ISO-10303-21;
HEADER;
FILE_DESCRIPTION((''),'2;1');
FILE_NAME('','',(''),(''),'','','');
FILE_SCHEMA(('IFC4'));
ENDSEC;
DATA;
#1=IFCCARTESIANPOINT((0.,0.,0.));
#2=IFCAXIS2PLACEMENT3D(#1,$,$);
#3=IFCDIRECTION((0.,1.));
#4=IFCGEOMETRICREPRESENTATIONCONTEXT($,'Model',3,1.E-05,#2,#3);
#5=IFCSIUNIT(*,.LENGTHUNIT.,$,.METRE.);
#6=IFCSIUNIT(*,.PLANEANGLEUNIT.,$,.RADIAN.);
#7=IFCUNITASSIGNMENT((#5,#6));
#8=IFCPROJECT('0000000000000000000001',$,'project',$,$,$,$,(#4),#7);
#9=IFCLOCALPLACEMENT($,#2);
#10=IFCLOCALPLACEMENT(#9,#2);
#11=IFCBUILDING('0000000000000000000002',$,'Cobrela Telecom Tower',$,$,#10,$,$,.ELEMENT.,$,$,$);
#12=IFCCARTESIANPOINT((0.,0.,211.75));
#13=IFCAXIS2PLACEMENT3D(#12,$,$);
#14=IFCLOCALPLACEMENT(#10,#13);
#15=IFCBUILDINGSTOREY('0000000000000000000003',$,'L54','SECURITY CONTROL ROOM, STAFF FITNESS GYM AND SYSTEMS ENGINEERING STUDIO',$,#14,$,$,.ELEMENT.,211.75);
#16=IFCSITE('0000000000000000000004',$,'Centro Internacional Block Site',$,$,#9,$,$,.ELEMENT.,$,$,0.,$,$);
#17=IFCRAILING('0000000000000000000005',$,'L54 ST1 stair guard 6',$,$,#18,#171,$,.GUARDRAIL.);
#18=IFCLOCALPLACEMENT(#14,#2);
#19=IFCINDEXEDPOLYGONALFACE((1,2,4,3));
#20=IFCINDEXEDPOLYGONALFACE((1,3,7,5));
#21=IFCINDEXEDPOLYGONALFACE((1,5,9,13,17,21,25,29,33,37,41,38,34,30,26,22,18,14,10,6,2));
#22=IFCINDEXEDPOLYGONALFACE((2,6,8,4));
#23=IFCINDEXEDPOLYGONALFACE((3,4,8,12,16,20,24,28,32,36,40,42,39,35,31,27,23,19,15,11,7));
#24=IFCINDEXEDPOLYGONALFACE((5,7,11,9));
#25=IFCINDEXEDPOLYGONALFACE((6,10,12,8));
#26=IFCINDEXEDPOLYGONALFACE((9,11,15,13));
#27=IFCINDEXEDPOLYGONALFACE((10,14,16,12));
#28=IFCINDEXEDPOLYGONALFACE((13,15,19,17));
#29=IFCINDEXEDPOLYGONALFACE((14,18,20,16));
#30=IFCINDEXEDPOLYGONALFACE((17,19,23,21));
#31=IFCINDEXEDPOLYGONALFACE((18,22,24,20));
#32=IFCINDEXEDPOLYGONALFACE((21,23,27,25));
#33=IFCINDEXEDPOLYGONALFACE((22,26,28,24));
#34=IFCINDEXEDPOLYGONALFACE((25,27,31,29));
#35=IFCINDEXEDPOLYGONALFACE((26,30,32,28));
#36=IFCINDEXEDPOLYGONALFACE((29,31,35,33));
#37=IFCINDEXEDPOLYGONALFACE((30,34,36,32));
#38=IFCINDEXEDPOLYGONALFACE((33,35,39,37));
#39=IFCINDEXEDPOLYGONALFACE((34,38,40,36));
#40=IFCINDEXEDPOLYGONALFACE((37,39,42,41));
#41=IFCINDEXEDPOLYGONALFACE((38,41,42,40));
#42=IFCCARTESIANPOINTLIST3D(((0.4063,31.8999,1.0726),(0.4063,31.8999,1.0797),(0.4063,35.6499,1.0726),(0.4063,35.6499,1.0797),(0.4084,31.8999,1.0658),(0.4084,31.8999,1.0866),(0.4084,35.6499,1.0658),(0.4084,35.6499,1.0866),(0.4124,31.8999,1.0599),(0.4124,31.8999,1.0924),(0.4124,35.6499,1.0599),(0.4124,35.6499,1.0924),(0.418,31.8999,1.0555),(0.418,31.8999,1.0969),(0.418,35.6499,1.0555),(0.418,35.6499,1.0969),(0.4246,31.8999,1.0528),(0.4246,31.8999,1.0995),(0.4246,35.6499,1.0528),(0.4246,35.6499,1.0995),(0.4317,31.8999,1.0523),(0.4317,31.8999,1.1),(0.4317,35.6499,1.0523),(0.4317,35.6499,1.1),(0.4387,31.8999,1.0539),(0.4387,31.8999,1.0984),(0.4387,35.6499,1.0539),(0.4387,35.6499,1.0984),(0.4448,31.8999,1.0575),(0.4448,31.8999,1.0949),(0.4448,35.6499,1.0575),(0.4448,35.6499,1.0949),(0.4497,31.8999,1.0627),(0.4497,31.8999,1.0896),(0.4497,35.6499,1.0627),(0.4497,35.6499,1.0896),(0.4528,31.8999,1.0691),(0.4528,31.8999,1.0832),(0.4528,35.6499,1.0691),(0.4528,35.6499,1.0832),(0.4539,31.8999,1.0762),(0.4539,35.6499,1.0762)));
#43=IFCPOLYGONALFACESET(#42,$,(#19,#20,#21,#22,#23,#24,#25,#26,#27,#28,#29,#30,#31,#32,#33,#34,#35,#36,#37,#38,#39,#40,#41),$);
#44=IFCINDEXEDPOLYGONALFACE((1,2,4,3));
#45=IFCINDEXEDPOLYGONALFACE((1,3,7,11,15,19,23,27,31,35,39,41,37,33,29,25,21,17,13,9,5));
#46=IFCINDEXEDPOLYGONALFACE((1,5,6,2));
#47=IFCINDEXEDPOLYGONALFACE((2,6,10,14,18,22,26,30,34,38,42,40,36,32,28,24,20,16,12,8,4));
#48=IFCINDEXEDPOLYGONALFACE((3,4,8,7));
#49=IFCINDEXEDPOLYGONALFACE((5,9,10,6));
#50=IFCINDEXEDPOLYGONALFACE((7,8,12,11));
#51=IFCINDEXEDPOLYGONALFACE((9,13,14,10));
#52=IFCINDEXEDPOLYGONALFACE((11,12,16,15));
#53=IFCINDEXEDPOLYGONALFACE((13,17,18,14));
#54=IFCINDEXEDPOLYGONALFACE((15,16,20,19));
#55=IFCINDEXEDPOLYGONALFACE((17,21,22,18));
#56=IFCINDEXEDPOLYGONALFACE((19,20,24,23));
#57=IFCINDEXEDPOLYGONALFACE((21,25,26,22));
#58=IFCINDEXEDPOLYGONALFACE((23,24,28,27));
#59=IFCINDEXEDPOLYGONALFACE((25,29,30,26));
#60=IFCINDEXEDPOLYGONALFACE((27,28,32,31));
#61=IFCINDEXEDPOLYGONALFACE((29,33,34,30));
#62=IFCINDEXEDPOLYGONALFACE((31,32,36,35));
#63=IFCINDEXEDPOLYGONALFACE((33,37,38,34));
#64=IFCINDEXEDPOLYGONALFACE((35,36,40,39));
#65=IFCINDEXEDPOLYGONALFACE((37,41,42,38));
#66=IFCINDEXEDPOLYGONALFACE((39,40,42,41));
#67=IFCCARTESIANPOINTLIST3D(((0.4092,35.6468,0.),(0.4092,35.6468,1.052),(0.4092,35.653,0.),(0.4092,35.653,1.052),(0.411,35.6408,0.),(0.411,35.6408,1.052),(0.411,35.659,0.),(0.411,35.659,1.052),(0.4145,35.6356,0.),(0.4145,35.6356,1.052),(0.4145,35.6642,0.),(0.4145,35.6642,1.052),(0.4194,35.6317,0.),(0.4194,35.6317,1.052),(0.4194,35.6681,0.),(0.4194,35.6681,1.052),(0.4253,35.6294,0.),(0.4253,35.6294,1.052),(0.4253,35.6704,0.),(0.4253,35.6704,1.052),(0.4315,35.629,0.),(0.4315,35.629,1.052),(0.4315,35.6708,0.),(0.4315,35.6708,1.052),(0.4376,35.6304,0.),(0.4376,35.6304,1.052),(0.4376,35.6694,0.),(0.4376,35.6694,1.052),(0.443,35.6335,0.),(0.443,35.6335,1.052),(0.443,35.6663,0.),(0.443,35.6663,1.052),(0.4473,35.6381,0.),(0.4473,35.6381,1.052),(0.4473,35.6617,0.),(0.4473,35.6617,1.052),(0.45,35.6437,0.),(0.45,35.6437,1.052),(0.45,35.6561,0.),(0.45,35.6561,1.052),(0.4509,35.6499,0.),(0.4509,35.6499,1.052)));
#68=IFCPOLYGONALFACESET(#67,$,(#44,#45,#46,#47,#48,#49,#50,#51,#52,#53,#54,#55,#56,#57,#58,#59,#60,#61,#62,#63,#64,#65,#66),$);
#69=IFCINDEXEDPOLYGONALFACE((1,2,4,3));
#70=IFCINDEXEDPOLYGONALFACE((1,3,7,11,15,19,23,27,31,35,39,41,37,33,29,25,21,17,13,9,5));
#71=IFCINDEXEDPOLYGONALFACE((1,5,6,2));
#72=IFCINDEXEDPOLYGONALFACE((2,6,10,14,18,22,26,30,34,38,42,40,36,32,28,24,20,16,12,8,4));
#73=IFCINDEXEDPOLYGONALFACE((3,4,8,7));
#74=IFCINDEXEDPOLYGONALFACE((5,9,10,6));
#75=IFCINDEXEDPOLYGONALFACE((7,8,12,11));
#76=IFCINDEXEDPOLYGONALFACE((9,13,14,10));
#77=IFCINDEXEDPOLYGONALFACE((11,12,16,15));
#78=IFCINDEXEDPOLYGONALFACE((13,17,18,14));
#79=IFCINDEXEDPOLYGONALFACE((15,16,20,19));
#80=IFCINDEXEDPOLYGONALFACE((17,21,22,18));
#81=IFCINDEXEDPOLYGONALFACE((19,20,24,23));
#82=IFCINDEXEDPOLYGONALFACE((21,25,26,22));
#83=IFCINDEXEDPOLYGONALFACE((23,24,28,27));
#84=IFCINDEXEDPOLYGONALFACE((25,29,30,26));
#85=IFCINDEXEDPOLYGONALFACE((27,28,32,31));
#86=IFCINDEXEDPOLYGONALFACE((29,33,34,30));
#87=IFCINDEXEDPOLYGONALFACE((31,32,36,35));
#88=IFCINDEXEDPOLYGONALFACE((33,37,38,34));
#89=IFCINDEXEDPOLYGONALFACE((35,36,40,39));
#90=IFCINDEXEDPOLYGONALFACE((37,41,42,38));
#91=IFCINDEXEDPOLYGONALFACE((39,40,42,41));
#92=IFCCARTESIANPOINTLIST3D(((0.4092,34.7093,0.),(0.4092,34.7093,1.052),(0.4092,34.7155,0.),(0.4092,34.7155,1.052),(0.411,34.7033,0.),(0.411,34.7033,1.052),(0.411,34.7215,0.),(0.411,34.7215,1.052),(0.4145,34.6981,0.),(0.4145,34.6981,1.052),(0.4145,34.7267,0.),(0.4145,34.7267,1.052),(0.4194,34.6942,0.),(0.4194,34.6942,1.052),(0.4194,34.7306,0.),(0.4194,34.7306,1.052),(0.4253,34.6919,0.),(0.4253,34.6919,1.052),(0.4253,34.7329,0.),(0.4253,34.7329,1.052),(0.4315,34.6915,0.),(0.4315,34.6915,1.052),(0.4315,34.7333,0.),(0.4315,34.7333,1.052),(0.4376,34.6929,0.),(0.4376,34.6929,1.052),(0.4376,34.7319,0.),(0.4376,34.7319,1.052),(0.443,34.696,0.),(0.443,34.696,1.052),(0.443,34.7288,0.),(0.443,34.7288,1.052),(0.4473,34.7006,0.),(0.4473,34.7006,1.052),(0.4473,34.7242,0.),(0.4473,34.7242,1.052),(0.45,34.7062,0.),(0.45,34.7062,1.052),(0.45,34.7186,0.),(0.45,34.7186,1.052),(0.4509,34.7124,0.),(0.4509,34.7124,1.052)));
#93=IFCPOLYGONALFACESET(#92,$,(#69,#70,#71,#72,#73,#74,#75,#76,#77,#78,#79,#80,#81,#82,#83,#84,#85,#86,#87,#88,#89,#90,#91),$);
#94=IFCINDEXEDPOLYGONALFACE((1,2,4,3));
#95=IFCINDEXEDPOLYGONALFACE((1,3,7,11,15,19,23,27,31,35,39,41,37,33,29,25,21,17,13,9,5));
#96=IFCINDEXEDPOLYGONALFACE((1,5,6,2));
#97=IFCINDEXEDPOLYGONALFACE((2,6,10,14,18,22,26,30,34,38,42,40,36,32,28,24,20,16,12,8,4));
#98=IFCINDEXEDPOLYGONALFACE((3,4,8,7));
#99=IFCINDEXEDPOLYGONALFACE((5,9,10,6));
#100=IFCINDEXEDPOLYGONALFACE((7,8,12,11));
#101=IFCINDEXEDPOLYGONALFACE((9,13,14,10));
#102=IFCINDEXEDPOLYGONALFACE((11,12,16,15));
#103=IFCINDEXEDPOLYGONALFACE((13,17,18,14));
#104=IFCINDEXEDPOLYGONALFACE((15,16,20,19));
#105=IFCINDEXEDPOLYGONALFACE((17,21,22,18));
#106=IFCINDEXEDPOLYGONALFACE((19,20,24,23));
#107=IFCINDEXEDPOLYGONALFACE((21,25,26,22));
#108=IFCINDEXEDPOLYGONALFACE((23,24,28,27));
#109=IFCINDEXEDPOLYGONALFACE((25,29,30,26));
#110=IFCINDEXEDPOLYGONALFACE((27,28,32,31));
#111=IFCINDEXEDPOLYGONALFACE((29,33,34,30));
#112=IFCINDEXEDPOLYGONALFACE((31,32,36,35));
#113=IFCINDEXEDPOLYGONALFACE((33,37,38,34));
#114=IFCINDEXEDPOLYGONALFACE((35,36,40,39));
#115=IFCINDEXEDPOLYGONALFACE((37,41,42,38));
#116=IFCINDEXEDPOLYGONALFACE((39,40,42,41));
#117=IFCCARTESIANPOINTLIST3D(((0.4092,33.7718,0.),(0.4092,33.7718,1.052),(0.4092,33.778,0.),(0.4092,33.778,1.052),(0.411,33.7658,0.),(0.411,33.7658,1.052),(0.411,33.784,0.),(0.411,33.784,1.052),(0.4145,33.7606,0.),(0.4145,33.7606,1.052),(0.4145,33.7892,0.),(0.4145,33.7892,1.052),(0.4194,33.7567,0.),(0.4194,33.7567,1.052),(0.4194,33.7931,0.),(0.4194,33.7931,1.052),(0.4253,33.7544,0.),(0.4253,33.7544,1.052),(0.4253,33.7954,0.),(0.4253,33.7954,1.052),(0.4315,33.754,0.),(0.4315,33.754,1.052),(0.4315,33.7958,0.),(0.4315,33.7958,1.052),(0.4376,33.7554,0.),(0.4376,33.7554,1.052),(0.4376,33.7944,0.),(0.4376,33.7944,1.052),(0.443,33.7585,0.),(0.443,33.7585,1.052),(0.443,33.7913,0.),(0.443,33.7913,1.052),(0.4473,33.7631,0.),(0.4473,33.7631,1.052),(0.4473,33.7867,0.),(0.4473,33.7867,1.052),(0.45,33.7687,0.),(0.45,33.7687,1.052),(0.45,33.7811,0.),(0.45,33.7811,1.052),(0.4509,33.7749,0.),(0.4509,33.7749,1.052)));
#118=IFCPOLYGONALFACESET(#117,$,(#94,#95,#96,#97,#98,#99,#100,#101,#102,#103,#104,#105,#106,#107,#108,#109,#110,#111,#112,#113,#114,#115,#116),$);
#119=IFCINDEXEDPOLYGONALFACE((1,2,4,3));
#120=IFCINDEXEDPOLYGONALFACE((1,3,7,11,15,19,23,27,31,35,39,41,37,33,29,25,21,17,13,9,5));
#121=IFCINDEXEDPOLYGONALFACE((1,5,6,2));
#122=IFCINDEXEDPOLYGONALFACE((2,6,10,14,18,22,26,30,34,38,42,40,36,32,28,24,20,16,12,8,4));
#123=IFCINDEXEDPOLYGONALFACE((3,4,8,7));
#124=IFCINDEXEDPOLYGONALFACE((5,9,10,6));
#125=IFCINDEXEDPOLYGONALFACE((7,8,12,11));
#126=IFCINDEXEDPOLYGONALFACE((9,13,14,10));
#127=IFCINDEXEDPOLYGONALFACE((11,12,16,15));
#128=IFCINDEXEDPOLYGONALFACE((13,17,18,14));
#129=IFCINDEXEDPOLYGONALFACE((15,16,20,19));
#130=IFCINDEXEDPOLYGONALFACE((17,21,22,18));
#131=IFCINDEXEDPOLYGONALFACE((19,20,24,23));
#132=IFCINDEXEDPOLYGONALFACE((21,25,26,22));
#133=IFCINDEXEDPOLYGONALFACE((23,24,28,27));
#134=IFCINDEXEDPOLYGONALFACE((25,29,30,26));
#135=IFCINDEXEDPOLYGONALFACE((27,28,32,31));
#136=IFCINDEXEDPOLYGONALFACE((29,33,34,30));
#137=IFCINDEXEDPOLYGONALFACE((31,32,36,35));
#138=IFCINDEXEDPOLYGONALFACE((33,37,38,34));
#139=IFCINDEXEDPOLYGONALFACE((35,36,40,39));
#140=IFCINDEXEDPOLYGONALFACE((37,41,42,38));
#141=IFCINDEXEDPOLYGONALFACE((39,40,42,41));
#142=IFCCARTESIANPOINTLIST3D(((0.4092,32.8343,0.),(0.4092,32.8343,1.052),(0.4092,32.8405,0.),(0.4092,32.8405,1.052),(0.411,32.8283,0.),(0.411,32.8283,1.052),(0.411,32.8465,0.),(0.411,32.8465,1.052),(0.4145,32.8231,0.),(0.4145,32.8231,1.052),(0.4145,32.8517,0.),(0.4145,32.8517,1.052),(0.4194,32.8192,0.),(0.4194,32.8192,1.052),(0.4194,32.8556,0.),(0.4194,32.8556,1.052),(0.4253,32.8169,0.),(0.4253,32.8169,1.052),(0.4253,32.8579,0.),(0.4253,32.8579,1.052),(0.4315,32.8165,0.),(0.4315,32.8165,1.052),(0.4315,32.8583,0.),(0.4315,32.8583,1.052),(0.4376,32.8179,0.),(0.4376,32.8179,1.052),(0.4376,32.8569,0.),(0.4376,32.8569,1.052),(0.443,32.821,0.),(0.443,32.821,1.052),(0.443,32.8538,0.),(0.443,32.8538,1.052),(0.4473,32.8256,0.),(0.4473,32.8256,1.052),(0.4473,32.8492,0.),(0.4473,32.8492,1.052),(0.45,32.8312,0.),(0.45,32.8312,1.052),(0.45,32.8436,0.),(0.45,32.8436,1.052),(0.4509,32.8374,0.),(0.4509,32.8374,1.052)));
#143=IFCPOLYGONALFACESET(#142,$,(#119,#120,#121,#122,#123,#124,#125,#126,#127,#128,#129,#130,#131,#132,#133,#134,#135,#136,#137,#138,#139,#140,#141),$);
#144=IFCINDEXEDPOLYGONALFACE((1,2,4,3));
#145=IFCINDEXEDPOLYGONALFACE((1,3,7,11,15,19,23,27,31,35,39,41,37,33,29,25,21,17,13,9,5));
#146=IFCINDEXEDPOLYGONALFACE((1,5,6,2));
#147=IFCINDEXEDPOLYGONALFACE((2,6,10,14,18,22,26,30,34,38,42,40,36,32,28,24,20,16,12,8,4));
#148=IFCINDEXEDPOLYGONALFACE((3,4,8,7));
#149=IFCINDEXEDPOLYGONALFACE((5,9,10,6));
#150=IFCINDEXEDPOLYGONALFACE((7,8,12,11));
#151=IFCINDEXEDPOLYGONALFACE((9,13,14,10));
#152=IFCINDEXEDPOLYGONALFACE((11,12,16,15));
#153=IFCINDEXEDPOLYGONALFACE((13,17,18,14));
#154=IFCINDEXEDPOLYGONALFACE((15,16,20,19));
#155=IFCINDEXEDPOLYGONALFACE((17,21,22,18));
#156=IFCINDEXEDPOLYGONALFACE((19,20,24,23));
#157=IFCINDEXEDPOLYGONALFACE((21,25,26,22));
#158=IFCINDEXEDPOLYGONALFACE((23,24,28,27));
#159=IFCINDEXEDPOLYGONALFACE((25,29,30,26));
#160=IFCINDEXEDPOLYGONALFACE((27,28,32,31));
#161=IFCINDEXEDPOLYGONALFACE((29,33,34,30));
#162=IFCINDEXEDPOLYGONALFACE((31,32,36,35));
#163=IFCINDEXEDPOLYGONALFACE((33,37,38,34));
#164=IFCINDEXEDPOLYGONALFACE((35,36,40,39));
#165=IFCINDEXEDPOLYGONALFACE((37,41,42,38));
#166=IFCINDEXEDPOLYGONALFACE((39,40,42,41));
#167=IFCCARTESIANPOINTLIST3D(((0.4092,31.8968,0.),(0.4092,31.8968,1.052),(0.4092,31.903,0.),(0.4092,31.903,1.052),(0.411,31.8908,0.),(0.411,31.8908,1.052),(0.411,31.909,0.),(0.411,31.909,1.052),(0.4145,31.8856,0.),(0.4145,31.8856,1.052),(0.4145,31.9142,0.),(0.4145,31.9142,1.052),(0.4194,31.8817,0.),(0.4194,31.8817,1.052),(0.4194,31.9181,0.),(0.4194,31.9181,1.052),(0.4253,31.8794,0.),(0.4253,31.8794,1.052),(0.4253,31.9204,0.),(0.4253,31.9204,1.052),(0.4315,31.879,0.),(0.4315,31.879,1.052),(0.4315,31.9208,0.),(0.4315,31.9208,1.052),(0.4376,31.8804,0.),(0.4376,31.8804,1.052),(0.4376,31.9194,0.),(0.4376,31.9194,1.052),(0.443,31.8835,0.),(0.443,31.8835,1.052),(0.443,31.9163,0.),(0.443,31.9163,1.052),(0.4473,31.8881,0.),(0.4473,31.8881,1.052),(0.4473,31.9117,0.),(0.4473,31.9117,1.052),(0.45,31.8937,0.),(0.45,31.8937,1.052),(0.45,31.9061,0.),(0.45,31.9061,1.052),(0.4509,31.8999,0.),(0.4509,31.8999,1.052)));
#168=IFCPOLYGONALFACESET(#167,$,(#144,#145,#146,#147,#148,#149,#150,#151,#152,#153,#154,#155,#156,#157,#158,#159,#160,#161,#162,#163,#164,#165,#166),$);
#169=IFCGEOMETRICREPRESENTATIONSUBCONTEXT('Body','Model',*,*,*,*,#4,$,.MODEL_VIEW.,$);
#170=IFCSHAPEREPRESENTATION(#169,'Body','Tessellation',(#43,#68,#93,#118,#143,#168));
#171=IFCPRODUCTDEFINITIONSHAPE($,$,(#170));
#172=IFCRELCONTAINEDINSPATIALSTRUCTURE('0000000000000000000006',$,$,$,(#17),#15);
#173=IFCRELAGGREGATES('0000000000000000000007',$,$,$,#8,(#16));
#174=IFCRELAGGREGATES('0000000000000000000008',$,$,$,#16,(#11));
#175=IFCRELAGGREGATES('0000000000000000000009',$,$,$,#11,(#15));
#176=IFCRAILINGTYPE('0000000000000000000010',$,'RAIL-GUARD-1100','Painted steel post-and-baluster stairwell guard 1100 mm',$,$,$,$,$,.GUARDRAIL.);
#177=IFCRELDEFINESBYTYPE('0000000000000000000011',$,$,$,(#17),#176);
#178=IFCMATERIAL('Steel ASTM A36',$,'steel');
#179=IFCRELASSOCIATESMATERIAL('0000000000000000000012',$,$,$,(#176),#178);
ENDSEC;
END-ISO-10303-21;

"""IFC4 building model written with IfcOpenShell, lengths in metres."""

from ifc_helpers import new_model, si_unit, direction, frame, origin, origin_2d, place, context, subcontext, project, spatial, circle, extrude, material, type_object, element, save


model = new_model("IFC4")

# Units and contexts
model_context = context("Model", 3, precision=1e-05, world=origin(), true_north=direction((0.0, 1.0)))
body_context = subcontext(model_context, "Body", "Model", "MODEL_VIEW")
ifc_project = project(units=[si_unit("LENGTHUNIT", "METRE"), si_unit("PLANEANGLEUNIT", "RADIAN")], contexts=[model_context])

# Site, building, storey
site_placement = place(None, origin())
site = spatial("IfcSite", under=ifc_project, at=site_placement, Name="Centro Internacional Block Site", CompositionType="ELEMENT", RefElevation=0.0)
building_placement = place(site_placement, origin())
building = spatial("IfcBuilding", under=site, at=building_placement, Name="Cobrela Telecom Tower", CompositionType="ELEMENT")
storey_placement = place(building_placement, frame((0.0, 0.0, 211.75)))
storey = spatial("IfcBuildingStorey", under=building, at=storey_placement, Name="L54", Description="SECURITY CONTROL ROOM, STAFF FITNESS GYM AND SYSTEMS ENGINEERING STUDIO", CompositionType="ELEMENT", Elevation=211.75)

# Shared definitions
ifc_material_1 = material(Name="Steel ASTM A36", Category="steel")

# Railing
railing_type_1 = type_object("IfcRailingType", Name="RAIL-GUARD-1100", Description="Painted steel post-and-baluster stairwell guard 1100 mm", PredefinedType="GUARDRAIL", material=ifc_material_1)
railing_1_placement = place(storey_placement, frame((0.4299, 35.6499, 0.0)))
element("IfcRailing", 1, at=railing_1_placement, inside=storey, type_object=railing_type_1, Name="L54 ST1 stair guard 6", PredefinedType="GUARDRAIL", context=body_context, shape_type="SweptSolid", body=[
    extrude(circle(Radius=0.0239, at=origin_2d()), frame((0.0, 0.0, 1.0762), z_axis=(0.0, -1.0, 0.0), x_axis=(1.0, 0.0, 0.0)), (0.0, 0.0, 1.0), 3.75),
    extrude(circle(Radius=0.021, at=origin_2d()), origin(), (0.0, 0.0, 1.0), 1.052),
    extrude(circle(Radius=0.021, at=origin_2d()), frame((0.0, -0.9375, 0.0)), (0.0, 0.0, 1.0), 1.052),
    extrude(circle(Radius=0.021, at=origin_2d()), frame((0.0, -1.875, 0.0)), (0.0, 0.0, 1.0), 1.052),
    extrude(circle(Radius=0.021, at=origin_2d()), frame((0.0, -2.8125, 0.0)), (0.0, 0.0, 1.0), 1.052),
    extrude(circle(Radius=0.021, at=origin_2d()), frame((0.0, -3.75, 0.0)), (0.0, 0.0, 1.0), 1.052),
])

save(model, "model.ifc")
